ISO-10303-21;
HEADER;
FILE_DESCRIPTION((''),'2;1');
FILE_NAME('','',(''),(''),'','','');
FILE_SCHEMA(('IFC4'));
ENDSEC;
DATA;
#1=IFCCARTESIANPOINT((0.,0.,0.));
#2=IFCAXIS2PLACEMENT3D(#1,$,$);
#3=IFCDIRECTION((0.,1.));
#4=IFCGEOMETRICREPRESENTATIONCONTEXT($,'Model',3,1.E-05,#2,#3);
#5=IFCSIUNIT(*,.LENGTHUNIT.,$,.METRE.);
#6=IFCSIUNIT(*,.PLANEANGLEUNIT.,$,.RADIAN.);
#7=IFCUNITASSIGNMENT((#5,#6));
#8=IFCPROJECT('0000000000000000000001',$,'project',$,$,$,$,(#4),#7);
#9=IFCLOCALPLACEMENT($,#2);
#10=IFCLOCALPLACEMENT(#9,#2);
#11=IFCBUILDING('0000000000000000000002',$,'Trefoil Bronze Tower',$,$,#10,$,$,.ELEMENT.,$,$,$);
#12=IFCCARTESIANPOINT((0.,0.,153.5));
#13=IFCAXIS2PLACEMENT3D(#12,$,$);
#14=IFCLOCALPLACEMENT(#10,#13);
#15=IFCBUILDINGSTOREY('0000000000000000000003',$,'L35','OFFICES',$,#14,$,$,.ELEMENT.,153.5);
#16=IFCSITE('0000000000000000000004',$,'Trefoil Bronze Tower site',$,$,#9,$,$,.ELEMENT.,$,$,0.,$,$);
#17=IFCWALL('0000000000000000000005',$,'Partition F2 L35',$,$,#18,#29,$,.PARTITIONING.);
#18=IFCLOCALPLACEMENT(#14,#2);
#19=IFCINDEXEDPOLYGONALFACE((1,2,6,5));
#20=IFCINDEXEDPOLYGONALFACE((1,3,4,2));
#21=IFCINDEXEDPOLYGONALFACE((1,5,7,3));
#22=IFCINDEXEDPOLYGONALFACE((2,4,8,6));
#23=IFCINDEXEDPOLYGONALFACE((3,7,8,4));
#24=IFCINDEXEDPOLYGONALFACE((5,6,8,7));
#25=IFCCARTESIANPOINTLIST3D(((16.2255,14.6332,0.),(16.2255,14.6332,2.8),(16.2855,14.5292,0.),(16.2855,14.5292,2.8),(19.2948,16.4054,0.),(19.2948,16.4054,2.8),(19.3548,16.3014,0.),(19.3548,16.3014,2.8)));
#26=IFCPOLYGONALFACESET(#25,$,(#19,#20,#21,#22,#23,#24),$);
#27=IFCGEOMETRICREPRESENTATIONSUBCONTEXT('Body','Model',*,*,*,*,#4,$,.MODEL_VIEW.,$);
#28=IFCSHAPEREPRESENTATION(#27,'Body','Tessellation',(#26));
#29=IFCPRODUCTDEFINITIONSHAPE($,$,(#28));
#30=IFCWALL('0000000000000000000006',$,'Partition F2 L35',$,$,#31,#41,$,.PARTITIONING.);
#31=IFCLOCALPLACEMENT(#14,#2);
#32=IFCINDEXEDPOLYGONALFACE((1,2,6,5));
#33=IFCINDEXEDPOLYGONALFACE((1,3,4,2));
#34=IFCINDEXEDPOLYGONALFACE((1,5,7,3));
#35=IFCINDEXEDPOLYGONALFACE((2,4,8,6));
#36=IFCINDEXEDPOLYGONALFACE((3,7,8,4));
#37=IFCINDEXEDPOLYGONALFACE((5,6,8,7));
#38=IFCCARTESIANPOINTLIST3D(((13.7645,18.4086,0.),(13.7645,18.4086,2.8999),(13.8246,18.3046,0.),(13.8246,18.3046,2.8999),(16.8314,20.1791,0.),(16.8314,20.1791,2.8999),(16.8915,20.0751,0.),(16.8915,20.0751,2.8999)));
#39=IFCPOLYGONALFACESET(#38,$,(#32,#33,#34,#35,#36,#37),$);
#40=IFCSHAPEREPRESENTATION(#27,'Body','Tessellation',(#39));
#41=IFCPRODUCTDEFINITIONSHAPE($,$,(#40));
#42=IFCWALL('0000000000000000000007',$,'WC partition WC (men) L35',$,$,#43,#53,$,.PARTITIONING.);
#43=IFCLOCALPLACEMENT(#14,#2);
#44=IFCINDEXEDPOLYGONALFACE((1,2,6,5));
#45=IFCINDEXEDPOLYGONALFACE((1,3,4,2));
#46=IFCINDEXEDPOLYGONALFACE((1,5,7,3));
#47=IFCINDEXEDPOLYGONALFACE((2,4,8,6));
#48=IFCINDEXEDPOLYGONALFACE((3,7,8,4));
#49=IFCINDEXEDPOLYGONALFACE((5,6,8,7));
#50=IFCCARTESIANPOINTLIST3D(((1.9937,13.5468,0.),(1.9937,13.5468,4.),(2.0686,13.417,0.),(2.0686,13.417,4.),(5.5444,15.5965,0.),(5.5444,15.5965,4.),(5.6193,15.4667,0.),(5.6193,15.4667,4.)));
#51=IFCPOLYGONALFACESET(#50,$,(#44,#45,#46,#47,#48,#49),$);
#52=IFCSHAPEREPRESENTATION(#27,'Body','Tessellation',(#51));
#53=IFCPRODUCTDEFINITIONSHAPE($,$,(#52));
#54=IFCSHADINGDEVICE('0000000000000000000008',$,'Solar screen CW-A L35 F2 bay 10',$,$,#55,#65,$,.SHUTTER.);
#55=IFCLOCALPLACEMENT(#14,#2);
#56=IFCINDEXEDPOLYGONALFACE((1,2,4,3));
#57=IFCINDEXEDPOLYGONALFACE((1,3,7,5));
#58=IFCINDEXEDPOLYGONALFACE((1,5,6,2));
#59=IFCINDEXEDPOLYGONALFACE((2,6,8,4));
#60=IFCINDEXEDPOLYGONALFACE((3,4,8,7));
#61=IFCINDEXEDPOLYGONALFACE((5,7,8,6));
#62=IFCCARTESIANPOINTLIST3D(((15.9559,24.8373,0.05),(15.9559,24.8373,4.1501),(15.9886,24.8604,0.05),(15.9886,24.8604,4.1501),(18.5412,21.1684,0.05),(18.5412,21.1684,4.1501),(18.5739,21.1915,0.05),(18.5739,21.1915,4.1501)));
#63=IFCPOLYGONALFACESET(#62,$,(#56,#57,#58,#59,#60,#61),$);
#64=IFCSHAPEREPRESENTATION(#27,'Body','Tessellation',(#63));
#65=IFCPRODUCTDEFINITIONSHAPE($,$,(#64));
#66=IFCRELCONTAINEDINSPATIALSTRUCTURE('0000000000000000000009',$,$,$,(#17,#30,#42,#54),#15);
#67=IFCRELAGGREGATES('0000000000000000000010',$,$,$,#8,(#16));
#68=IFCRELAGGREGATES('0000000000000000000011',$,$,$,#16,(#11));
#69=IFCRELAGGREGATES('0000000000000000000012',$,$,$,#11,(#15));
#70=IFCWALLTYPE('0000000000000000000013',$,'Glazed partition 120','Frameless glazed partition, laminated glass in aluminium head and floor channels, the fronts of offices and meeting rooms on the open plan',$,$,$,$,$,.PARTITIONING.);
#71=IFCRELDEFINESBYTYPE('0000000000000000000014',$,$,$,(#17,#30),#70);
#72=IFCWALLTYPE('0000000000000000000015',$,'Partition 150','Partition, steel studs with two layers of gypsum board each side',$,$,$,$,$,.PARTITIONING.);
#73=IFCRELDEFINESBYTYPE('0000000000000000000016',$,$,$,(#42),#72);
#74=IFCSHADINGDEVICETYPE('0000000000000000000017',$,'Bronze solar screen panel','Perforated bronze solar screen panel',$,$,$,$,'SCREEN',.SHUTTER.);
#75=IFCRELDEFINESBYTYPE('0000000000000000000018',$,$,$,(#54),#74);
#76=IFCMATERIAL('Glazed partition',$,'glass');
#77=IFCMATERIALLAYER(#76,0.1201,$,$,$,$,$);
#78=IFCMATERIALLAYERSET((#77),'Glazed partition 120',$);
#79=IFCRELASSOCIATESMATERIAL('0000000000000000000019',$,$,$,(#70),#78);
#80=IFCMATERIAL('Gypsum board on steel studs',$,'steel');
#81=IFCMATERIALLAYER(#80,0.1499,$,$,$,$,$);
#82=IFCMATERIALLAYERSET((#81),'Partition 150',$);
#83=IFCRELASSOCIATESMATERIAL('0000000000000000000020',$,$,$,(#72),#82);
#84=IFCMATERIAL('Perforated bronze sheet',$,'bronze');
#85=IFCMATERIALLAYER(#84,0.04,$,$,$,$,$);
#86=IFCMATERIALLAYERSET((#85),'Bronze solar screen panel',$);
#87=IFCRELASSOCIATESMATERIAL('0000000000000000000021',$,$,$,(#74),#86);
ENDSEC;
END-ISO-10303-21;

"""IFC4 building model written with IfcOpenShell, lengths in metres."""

from ifc_helpers import new_model, si_unit, direction, frame, frame_2d, origin, origin_2d, place, context, subcontext, project, spatial, rectangle, extrude, material, layer, layer_set, type_object, element, save


model = new_model("IFC4")

# Units and contexts
model_context = context("Model", 3, precision=1e-05, world=origin(), true_north=direction((0.0, 1.0)))
body_context = subcontext(model_context, "Body", "Model", "MODEL_VIEW")
ifc_project = project(units=[si_unit("LENGTHUNIT", "METRE"), si_unit("PLANEANGLEUNIT", "RADIAN")], contexts=[model_context])

# Site, building, storey
site_placement = place(None, origin())
site = spatial("IfcSite", under=ifc_project, at=site_placement, Name="Trefoil Bronze Tower site", CompositionType="ELEMENT", RefElevation=0.0)
building_placement = place(site_placement, origin())
building = spatial("IfcBuilding", under=site, at=building_placement, Name="Trefoil Bronze Tower", CompositionType="ELEMENT")
storey_placement = place(building_placement, frame((0.0, 0.0, 153.5)))
storey = spatial("IfcBuildingStorey", under=building, at=storey_placement, Name="L35", Description="OFFICES", CompositionType="ELEMENT", Elevation=153.5)

# Shared definitions
ifc_material_1 = material(Name="Glazed partition", Category="glass")
ifc_layer_1 = layer(ifc_material_1, 0.1201)
ifc_layer_set_1 = layer_set([ifc_layer_1], Name="Glazed partition 120")
wall_type_1 = type_object("IfcWallType", Name="Glazed partition 120", Description="Frameless glazed partition, laminated glass in aluminium head and floor channels, the fronts of offices and meeting rooms on the open plan", PredefinedType="PARTITIONING", material=ifc_layer_set_1)

# Walls
wall_1_placement = place(storey_placement, frame((16.2556, 14.5813, 0.0), z_axis=(0.0, 0.0, 1.0), x_axis=(0.866009, 0.500029, 0.0)))
element("IfcWall", 1, at=wall_1_placement, inside=storey, type_object=wall_type_1, Name="Partition F2 L35", PredefinedType="PARTITIONING", context=body_context, shape_type="SweptSolid", body=[
    extrude(rectangle(XDim=3.5442, YDim=0.1201, at=frame_2d((1.772, 0.0))), origin(), (0.0, 0.0, 1.0), 2.8),
])
wall_2_placement = place(storey_placement, frame((13.7947, 18.3567, 0.0), z_axis=(0.0, 0.0, 1.0), x_axis=(0.866046, 0.499965, 0.0)))
element("IfcWall", 2, at=wall_2_placement, inside=storey, type_object=wall_type_1, Name="Partition F2 L35", PredefinedType="PARTITIONING", context=body_context, shape_type="SweptSolid", body=[
    extrude(rectangle(XDim=3.5413, YDim=0.1201, at=frame_2d((1.7705, 0.0))), origin(), (0.0, 0.0, 1.0), 2.8999),
])
ifc_material_2 = material(Name="Gypsum board on steel studs", Category="steel")
ifc_layer_2 = layer(ifc_material_2, 0.1499)
ifc_layer_set_2 = layer_set([ifc_layer_2], Name="Partition 150")
wall_type_2 = type_object("IfcWallType", Name="Partition 150", Description="Partition, steel studs with two layers of gypsum board each side", PredefinedType="PARTITIONING", material=ifc_layer_set_2)
wall_3_placement = place(storey_placement, frame((2.0312, 13.4819, 0.0), z_axis=(0.0, 0.0, 1.0), x_axis=(0.866051, 0.499956, 0.0)))
element("IfcWall", 3, at=wall_3_placement, inside=storey, type_object=wall_type_2, Name="WC partition WC (men) L35", PredefinedType="PARTITIONING", context=body_context, shape_type="SweptSolid", body=[
    extrude(rectangle(XDim=4.0999, YDim=0.1499, at=frame_2d((2.0498, 0.0))), origin(), (0.0, 0.0, 1.0), 4.0),
])

# Shading device
ifc_material_3 = material(Name="Perforated bronze sheet", Category="bronze")
ifc_layer_3 = layer(ifc_material_3, 0.04)
ifc_layer_set_3 = layer_set([ifc_layer_3], Name="Bronze solar screen panel")
shading_device_type = type_object("IfcShadingDeviceType", Name="Bronze solar screen panel", Description="Perforated bronze solar screen panel", ElementType="SCREEN", PredefinedType="SHUTTER", material=ifc_layer_set_3)
shading_device_placement = place(storey_placement, frame((17.2649, 23.0144, 0.05), z_axis=(0.0, 0.0, 1.0), x_axis=(-0.575999, 0.81745, 0.0)))
element("IfcShadingDevice", 4, at=shading_device_placement, inside=storey, type_object=shading_device_type, Name="Solar screen CW-A L35 F2 bay 10", PredefinedType="SHUTTER", context=body_context, shape_type="SweptSolid", body=[
    extrude(rectangle(XDim=4.4883, YDim=0.04, at=origin_2d()), origin(), (0.0, 0.0, 1.0), 4.1001),
])

save(model, "model.ifc")
